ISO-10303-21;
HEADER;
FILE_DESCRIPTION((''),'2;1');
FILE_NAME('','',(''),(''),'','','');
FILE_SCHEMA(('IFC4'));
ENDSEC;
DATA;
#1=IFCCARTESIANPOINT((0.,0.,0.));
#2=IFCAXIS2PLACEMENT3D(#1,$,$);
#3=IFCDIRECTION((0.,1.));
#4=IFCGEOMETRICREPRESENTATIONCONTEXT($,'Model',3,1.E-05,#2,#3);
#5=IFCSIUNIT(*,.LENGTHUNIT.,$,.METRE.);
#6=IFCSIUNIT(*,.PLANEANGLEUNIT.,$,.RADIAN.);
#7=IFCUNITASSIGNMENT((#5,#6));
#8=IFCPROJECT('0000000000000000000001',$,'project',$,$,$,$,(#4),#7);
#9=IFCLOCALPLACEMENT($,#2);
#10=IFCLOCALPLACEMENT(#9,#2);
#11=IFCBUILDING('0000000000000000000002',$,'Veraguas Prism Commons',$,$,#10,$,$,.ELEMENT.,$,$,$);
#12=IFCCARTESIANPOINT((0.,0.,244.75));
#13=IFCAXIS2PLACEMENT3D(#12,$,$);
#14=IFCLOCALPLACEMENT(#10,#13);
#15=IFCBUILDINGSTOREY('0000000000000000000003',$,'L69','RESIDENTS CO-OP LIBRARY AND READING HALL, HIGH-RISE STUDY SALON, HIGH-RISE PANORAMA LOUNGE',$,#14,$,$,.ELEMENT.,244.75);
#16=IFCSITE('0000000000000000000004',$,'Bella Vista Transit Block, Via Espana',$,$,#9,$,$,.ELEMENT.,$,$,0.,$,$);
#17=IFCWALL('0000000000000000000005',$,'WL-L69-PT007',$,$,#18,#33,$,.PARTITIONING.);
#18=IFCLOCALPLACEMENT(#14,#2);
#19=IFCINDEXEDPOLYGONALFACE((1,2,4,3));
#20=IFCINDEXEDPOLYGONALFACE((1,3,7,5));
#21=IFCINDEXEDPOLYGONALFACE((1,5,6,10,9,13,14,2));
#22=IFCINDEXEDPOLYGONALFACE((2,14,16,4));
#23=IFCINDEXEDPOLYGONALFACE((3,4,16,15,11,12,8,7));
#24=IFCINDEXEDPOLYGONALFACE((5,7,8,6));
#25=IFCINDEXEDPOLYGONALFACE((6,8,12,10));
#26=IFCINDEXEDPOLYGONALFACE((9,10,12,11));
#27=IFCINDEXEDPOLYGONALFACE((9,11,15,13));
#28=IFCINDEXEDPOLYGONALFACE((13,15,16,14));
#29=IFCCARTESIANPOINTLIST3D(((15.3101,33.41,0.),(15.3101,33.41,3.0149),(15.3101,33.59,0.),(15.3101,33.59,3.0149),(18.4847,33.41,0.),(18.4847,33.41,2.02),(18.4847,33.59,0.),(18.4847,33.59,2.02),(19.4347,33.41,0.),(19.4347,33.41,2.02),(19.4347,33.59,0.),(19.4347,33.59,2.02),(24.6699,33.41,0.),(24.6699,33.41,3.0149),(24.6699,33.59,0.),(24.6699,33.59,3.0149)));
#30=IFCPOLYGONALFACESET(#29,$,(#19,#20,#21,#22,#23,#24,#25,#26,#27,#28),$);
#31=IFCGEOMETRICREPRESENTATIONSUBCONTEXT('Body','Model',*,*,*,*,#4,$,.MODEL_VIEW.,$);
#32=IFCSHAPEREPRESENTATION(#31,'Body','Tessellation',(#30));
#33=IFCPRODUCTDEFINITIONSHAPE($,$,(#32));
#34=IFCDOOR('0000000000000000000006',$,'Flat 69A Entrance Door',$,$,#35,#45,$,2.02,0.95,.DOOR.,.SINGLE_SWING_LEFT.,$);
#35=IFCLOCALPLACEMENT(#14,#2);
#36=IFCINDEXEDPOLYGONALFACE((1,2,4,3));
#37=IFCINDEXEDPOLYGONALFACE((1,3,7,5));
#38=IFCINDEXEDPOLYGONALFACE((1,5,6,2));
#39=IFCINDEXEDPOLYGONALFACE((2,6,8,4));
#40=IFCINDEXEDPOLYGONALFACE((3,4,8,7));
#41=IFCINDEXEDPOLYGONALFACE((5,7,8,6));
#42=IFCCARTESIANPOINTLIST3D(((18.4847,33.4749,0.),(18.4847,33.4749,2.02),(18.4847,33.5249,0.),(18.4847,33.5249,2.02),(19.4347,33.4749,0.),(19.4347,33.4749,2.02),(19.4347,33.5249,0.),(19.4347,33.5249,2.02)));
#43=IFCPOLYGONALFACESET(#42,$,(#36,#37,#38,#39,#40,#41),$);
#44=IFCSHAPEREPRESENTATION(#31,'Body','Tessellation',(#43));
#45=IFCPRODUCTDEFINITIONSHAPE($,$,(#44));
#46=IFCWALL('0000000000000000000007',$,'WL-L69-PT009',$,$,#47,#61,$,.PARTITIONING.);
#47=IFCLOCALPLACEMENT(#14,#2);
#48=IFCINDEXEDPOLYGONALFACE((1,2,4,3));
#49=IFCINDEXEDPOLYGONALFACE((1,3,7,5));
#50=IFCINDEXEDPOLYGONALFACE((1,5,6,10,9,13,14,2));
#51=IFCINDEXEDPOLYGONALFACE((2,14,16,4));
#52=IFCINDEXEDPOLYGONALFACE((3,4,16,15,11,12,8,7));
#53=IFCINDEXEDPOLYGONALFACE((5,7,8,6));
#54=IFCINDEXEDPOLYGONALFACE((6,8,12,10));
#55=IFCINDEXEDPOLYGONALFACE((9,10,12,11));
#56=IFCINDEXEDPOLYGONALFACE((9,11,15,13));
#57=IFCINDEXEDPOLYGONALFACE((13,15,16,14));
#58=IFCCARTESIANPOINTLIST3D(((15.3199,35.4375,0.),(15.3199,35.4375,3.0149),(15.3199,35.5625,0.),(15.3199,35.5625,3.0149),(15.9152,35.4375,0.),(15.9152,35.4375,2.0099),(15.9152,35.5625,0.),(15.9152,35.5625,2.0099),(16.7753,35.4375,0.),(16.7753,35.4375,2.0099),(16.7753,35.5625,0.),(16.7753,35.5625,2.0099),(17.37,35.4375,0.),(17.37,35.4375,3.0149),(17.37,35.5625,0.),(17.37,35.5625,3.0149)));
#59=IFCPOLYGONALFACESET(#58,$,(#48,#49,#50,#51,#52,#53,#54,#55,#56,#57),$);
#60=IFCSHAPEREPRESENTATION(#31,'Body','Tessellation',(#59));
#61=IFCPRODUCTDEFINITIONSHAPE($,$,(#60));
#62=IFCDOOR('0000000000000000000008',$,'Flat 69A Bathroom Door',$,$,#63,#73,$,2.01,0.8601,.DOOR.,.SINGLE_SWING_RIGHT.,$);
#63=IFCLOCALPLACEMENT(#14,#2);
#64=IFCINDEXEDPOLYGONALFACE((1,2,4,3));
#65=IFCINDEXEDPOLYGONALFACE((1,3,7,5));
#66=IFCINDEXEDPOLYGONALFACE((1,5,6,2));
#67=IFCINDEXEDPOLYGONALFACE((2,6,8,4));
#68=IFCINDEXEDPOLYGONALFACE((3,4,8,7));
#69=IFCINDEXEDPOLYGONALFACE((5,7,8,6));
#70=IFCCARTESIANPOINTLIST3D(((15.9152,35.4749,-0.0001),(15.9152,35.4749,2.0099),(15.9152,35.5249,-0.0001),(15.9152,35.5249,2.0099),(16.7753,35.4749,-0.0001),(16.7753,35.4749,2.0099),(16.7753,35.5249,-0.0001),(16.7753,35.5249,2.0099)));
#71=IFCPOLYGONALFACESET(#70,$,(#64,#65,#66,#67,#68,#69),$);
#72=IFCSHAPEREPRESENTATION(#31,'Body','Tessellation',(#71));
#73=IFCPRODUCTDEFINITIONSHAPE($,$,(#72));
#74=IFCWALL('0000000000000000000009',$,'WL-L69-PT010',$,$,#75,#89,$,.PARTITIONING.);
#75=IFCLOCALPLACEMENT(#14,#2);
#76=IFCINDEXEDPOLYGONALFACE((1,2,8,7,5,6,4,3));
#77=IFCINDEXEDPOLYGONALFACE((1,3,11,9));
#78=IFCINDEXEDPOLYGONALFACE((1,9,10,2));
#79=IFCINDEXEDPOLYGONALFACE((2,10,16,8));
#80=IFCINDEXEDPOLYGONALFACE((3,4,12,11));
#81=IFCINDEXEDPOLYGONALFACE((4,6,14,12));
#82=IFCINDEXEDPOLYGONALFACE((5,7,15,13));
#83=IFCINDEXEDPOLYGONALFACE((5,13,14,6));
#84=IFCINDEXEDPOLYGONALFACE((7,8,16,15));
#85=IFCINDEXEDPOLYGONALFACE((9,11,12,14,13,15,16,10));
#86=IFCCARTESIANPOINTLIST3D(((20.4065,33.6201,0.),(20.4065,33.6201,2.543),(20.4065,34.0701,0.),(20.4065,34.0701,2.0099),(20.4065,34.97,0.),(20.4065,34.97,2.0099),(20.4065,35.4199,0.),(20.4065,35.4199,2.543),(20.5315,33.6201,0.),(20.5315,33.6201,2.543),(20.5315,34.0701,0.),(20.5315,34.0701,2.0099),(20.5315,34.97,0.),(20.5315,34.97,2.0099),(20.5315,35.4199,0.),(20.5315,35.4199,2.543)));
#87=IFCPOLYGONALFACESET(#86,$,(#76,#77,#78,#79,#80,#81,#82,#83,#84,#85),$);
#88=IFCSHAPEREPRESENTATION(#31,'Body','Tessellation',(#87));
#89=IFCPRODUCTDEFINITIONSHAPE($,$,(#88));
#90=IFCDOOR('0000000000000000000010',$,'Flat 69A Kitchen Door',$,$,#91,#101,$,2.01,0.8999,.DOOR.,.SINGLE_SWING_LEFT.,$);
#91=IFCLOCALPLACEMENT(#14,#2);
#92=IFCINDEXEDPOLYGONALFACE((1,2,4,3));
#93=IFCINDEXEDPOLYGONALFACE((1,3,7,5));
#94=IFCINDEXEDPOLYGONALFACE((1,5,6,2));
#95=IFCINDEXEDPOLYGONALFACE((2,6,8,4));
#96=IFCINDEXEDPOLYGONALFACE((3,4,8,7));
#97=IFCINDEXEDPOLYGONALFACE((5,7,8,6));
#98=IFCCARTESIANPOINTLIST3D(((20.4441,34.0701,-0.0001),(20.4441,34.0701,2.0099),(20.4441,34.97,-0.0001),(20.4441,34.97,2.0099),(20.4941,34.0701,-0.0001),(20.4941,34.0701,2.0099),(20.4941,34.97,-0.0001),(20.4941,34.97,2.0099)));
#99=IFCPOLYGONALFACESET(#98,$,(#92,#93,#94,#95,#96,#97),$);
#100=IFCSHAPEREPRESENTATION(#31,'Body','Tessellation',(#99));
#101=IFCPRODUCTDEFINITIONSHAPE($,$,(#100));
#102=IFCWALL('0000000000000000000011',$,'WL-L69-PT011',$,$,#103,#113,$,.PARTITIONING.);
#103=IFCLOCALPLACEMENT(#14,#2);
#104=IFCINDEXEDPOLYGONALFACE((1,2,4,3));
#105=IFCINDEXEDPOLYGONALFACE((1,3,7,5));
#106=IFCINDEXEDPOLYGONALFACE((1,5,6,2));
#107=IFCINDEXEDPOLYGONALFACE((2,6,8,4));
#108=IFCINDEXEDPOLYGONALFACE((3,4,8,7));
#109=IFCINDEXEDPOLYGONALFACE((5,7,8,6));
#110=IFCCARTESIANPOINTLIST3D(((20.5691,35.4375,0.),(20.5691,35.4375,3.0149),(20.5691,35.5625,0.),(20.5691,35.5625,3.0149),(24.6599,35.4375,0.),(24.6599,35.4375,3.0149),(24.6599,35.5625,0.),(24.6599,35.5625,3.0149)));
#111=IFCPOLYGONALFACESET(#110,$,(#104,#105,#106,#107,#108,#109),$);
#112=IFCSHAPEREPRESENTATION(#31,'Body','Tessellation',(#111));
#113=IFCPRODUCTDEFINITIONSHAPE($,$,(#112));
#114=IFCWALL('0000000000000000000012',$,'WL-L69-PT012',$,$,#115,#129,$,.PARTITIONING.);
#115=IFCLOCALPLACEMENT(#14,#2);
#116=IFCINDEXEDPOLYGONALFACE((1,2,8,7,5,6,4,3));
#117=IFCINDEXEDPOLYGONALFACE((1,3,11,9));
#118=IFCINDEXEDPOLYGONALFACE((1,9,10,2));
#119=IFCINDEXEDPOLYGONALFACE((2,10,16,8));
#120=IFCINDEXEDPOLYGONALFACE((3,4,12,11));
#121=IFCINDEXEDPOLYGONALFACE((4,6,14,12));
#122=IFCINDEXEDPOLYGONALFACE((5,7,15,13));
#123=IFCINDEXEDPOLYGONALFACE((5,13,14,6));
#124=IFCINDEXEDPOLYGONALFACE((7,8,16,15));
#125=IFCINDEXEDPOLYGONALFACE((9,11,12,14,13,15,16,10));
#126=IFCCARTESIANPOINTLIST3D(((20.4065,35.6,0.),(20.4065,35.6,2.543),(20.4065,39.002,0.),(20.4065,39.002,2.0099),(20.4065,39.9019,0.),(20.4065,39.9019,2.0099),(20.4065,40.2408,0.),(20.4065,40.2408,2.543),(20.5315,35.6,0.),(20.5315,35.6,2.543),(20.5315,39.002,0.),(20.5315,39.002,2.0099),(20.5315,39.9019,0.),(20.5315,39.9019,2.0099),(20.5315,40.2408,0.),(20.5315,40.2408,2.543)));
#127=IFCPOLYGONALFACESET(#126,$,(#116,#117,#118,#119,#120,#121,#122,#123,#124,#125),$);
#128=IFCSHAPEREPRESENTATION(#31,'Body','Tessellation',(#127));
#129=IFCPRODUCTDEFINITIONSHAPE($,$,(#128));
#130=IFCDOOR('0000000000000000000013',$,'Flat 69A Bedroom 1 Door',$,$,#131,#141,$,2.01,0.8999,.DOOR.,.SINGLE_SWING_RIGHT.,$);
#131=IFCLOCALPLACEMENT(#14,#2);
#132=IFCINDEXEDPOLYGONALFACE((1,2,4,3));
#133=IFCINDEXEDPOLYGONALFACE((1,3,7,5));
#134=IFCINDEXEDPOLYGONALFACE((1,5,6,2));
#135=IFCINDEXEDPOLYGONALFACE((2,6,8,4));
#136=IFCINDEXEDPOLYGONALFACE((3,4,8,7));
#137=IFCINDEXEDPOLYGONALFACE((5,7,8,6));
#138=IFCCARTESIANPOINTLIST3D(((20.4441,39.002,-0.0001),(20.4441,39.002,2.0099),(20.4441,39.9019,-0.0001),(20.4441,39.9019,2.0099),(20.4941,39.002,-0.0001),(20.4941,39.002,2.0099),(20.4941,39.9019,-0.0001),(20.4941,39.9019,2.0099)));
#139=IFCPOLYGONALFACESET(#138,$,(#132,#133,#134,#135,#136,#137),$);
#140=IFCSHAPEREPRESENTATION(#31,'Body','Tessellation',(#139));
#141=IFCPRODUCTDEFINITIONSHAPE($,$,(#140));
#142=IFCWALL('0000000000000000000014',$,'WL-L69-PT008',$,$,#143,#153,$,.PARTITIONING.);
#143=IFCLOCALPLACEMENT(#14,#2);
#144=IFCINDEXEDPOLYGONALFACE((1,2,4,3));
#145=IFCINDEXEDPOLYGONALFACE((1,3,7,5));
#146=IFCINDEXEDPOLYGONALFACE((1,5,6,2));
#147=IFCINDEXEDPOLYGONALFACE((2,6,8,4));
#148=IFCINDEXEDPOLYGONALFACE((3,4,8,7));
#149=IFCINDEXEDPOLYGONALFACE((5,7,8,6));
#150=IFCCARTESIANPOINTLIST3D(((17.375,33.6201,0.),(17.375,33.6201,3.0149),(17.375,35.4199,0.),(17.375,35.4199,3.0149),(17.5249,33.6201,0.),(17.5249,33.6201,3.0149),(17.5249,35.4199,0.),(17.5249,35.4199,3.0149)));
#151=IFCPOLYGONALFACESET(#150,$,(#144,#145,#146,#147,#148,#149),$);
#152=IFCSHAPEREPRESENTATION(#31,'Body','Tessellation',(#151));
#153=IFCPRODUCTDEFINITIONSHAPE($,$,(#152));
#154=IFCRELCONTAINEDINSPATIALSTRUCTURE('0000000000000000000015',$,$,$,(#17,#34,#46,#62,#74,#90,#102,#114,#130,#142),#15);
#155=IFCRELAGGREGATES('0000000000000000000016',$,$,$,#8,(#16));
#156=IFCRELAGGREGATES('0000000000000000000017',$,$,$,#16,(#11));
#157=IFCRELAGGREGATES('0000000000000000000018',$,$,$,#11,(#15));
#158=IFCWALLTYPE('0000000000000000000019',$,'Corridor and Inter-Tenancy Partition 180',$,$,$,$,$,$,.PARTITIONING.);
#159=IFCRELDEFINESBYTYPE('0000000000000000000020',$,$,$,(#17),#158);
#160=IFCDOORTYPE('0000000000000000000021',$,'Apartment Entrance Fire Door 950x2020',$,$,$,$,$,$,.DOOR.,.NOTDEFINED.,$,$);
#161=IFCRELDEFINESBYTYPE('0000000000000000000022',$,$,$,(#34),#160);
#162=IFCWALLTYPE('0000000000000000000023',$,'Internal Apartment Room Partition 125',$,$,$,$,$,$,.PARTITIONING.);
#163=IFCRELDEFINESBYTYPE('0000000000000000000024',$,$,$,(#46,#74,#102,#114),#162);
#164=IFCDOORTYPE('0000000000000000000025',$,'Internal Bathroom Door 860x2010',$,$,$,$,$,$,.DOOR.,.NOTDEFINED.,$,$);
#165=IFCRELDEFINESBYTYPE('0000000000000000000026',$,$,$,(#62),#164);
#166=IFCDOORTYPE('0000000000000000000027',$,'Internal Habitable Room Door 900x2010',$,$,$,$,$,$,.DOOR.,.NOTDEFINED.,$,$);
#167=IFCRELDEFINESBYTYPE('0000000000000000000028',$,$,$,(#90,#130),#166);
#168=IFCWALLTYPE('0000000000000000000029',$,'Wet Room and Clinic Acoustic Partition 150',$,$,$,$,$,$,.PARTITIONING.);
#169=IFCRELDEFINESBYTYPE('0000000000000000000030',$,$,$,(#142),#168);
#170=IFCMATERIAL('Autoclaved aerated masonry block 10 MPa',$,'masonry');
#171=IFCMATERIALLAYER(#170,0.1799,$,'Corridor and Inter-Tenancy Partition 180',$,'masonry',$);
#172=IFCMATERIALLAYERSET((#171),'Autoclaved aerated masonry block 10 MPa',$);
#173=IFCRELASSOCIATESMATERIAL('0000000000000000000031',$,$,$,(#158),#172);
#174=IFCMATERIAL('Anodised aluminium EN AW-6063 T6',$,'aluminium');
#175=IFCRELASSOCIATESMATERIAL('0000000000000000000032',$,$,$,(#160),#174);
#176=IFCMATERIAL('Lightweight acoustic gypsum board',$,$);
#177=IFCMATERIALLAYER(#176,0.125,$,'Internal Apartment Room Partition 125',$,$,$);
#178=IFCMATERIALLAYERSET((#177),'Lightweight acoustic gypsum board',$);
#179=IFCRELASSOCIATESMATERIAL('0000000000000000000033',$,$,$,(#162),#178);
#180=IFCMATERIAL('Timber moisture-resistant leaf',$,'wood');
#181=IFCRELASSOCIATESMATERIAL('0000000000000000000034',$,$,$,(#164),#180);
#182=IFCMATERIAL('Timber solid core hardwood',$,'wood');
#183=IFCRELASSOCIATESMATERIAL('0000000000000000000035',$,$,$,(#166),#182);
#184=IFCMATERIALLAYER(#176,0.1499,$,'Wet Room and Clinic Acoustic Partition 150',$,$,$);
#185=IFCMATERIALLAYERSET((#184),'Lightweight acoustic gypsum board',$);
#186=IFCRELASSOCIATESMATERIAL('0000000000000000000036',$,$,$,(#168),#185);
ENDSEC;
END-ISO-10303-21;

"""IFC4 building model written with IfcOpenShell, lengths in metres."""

from ifc_helpers import new_model, si_unit, direction, frame, frame_2d, origin, place, context, subcontext, project, spatial, rectangle, extrude, source, transform, mapped, material, layer, layer_set, type_object, element, fill, save


model = new_model("IFC4")

# Units and contexts
model_context = context("Model", 3, precision=1e-05, world=origin(), true_north=direction((0.0, 1.0)))
body_context = subcontext(model_context, "Body", "Model", "MODEL_VIEW")
ifc_project = project(units=[si_unit("LENGTHUNIT", "METRE"), si_unit("PLANEANGLEUNIT", "RADIAN")], contexts=[model_context])

# Site, building, storey
site_placement = place(None, origin())
site = spatial("IfcSite", under=ifc_project, at=site_placement, Name="Bella Vista Transit Block, Via Espana", CompositionType="ELEMENT", RefElevation=0.0)
building_placement = place(site_placement, origin())
building = spatial("IfcBuilding", under=site, at=building_placement, Name="Veraguas Prism Commons", CompositionType="ELEMENT")
storey_placement = place(building_placement, frame((0.0, 0.0, 244.75)))
storey = spatial("IfcBuildingStorey", under=building, at=storey_placement, Name="L69", Description="RESIDENTS CO-OP LIBRARY AND READING HALL, HIGH-RISE STUDY SALON, HIGH-RISE PANORAMA LOUNGE", CompositionType="ELEMENT", Elevation=244.75)

# Shared definitions
ifc_material_1 = material(Name="Anodised aluminium EN AW-6063 T6", Category="aluminium")

# Shared definitions
ifc_material_2 = material(Name="Autoclaved aerated masonry block 10 MPa", Category="masonry")
ifc_layer_1 = layer(ifc_material_2, 0.1799, Name="Corridor and Inter-Tenancy Partition 180", Category="masonry")
ifc_layer_set_1 = layer_set([ifc_layer_1], Name="Autoclaved aerated masonry block 10 MPa")
wall_type_1 = type_object("IfcWallType", Name="Corridor and Inter-Tenancy Partition 180", PredefinedType="PARTITIONING", material=ifc_layer_set_1)

# Walls, openings, doors
wall_1_placement = place(storey_placement, frame((15.3101, 33.5, 0.0), z_axis=(0.0, 0.0, 1.0), x_axis=(1.0, 0.0, 0.0)))
wall_1 = element("IfcWall", 1, at=wall_1_placement, inside=storey, type_object=wall_type_1, Name="WL-L69-PT007", PredefinedType="PARTITIONING", context=body_context, shape_type="SweptSolid", body=[
    extrude(rectangle(XDim=9.3599, YDim=0.1799, at=frame_2d((4.6799, 0.0))), origin(), (0.0, 0.0, 1.0), 3.0149),
])
opening_1_placement = place(wall_1_placement, frame((3.1746, 0.0, 0.0)))
opening_1 = element("IfcOpeningElement", 2, at=opening_1_placement, cuts=wall_1, PredefinedType="OPENING", context=body_context, shape_type="SweptSolid", body=[
    extrude(rectangle(XDim=0.95, YDim=2.02, at=frame_2d((0.4751, 1.01))), frame((0.0, 0.0999, 0.0), z_axis=(0.0, -1.0, 0.0), x_axis=(1.0, 0.0, 0.0)), (0.0, 0.0, 1.0), 0.2),
])
door_type_1 = type_object("IfcDoorType", Name="Apartment Entrance Fire Door 950x2020", OperationType="NOTDEFINED", PredefinedType="DOOR", material=ifc_material_1)
shared_shape_1 = source(origin(), body_context, "Body", "SweptSolid", [
    extrude(rectangle(XDim=0.95, YDim=2.02, at=frame_2d((0.4751, 1.01))), frame((0.0, 0.0249, 0.0), z_axis=(0.0, -1.0, 0.0), x_axis=(1.0, 0.0, 0.0)), (0.0, 0.0, 1.0), 0.05),
])
door_1_placement = place(opening_1_placement, origin())
door_1 = element("IfcDoor", 3, at=door_1_placement, inside=storey, type_object=door_type_1, Name="Flat 69A Entrance Door", OperationType="SINGLE_SWING_LEFT", OverallHeight=2.02, OverallWidth=0.95, PredefinedType="DOOR", context=body_context, shape_type="MappedRepresentation", body=[
    mapped(shared_shape_1, transform((0.0, 0.0, 0.0), scale=1.0)),
])
fill(opening_1, door_1)
ifc_material_3 = material(Name="Lightweight acoustic gypsum board")
ifc_layer_2 = layer(ifc_material_3, 0.125, Name="Internal Apartment Room Partition 125")
ifc_layer_set_2 = layer_set([ifc_layer_2], Name="Lightweight acoustic gypsum board")
wall_type_2 = type_object("IfcWallType", Name="Internal Apartment Room Partition 125", PredefinedType="PARTITIONING", material=ifc_layer_set_2)
wall_2_placement = place(storey_placement, frame((15.3201, 35.5, 0.0), z_axis=(0.0, 0.0, 1.0), x_axis=(1.0, 0.0, 0.0)))
wall_2 = element("IfcWall", 4, at=wall_2_placement, inside=storey, type_object=wall_type_2, Name="WL-L69-PT009", PredefinedType="PARTITIONING", context=body_context, shape_type="SweptSolid", body=[
    extrude(rectangle(XDim=2.05, YDim=0.125, at=frame_2d((1.0249, 0.0))), origin(), (0.0, 0.0, 1.0), 3.0149),
])
opening_2_placement = place(wall_2_placement, frame((0.595, 0.0, 0.0)))
opening_2 = element("IfcOpeningElement", 5, at=opening_2_placement, cuts=wall_2, PredefinedType="OPENING", context=body_context, shape_type="SweptSolid", body=[
    extrude(rectangle(XDim=0.8601, YDim=2.01, at=frame_2d((0.4302, 1.0049))), frame((0.0, 0.0725, 0.0), z_axis=(0.0, -1.0, 0.0), x_axis=(1.0, 0.0, 0.0)), (0.0, 0.0, 1.0), 0.145),
])
ifc_material_4 = material(Name="Timber moisture-resistant leaf", Category="wood")
door_type_2 = type_object("IfcDoorType", Name="Internal Bathroom Door 860x2010", OperationType="NOTDEFINED", PredefinedType="DOOR", material=ifc_material_4)
shared_shape_2 = source(origin(), body_context, "Body", "SweptSolid", [
    extrude(rectangle(XDim=0.8601, YDim=2.01, at=frame_2d((0.4302, 1.0049))), frame((0.0, 0.0249, 0.0), z_axis=(0.0, -1.0, 0.0), x_axis=(1.0, 0.0, 0.0)), (0.0, 0.0, 1.0), 0.05),
])
door_2_placement = place(opening_2_placement, origin())
door_2 = element("IfcDoor", 6, at=door_2_placement, inside=storey, type_object=door_type_2, Name="Flat 69A Bathroom Door", OperationType="SINGLE_SWING_RIGHT", OverallHeight=2.01, OverallWidth=0.8601, PredefinedType="DOOR", context=body_context, shape_type="MappedRepresentation", body=[
    mapped(shared_shape_2, transform((0.0, 0.0, 0.0), scale=1.0)),
])
fill(opening_2, door_2)
wall_3_placement = place(storey_placement, frame((20.469, 33.6201, 0.0), z_axis=(0.0, 0.0, 1.0), x_axis=(0.0, 1.0, 0.0)))
wall_3 = element("IfcWall", 7, at=wall_3_placement, inside=storey, type_object=wall_type_2, Name="WL-L69-PT010", PredefinedType="PARTITIONING", context=body_context, shape_type="SweptSolid", body=[
    extrude(rectangle(XDim=1.7998, YDim=0.125, at=frame_2d((0.8999, 0.0))), origin(), (0.0, 0.0, 1.0), 2.543),
])
opening_3_placement = place(wall_3_placement, frame((0.45, 0.0, 0.0)))
opening_3 = element("IfcOpeningElement", 8, at=opening_3_placement, cuts=wall_3, PredefinedType="OPENING", context=body_context, shape_type="SweptSolid", body=[
    extrude(rectangle(XDim=0.8999, YDim=2.01, at=frame_2d((0.45, 1.0049))), frame((0.0, 0.0725, 0.0), z_axis=(0.0, -1.0, 0.0), x_axis=(1.0, 0.0, 0.0)), (0.0, 0.0, 1.0), 0.145),
])
ifc_material_5 = material(Name="Timber solid core hardwood", Category="wood")
door_type_3 = type_object("IfcDoorType", Name="Internal Habitable Room Door 900x2010", OperationType="NOTDEFINED", PredefinedType="DOOR", material=ifc_material_5)
shared_shape_3 = source(origin(), body_context, "Body", "SweptSolid", [
    extrude(rectangle(XDim=0.8999, YDim=2.01, at=frame_2d((0.45, 1.0049))), frame((0.0, 0.0249, 0.0), z_axis=(0.0, -1.0, 0.0), x_axis=(1.0, 0.0, 0.0)), (0.0, 0.0, 1.0), 0.05),
])
door_3_placement = place(opening_3_placement, origin())
door_3 = element("IfcDoor", 9, at=door_3_placement, inside=storey, type_object=door_type_3, Name="Flat 69A Kitchen Door", OperationType="SINGLE_SWING_LEFT", OverallHeight=2.01, OverallWidth=0.8999, PredefinedType="DOOR", context=body_context, shape_type="MappedRepresentation", body=[
    mapped(shared_shape_3, transform((0.0, 0.0, 0.0), scale=1.0)),
])
fill(opening_3, door_3)

# Wall
wall_4_placement = place(storey_placement, frame((20.5691, 35.5, 0.0), z_axis=(0.0, 0.0, 1.0), x_axis=(1.0, 0.0, 0.0)))
element("IfcWall", 10, at=wall_4_placement, inside=storey, type_object=wall_type_2, Name="WL-L69-PT011", PredefinedType="PARTITIONING", context=body_context, shape_type="SweptSolid", body=[
    extrude(rectangle(XDim=4.0908, YDim=0.125, at=frame_2d((2.0454, 0.0))), origin(), (0.0, 0.0, 1.0), 3.0149),
])

# Wall, opening, door
wall_5_placement = place(storey_placement, frame((20.469, 35.6001, 0.0), z_axis=(0.0, 0.0, 1.0), x_axis=(0.0, 1.0, 0.0)))
wall_5 = element("IfcWall", 11, at=wall_5_placement, inside=storey, type_object=wall_type_2, Name="WL-L69-PT012", PredefinedType="PARTITIONING", context=body_context, shape_type="SweptSolid", body=[
    extrude(rectangle(XDim=4.6409, YDim=0.125, at=frame_2d((2.3203, 0.0))), origin(), (0.0, 0.0, 1.0), 2.543),
])
opening_4_placement = place(wall_5_placement, frame((3.4019, 0.0, 0.0)))
opening_4 = element("IfcOpeningElement", 12, at=opening_4_placement, cuts=wall_5, PredefinedType="OPENING", context=body_context, shape_type="SweptSolid", body=[
    extrude(rectangle(XDim=0.8999, YDim=2.01, at=frame_2d((0.45, 1.0049))), frame((0.0, 0.0725, 0.0), z_axis=(0.0, -1.0, 0.0), x_axis=(1.0, 0.0, 0.0)), (0.0, 0.0, 1.0), 0.145),
])
door_4_placement = place(opening_4_placement, origin())
door_4 = element("IfcDoor", 13, at=door_4_placement, inside=storey, type_object=door_type_3, Name="Flat 69A Bedroom 1 Door", OperationType="SINGLE_SWING_RIGHT", OverallHeight=2.01, OverallWidth=0.8999, PredefinedType="DOOR", context=body_context, shape_type="MappedRepresentation", body=[
    mapped(shared_shape_3, transform((0.0, 0.0, 0.0), scale=1.0)),
])
fill(opening_4, door_4)

# Wall
ifc_layer_3 = layer(ifc_material_3, 0.1499, Name="Wet Room and Clinic Acoustic Partition 150")
ifc_layer_set_3 = layer_set([ifc_layer_3], Name="Lightweight acoustic gypsum board")
wall_type_3 = type_object("IfcWallType", Name="Wet Room and Clinic Acoustic Partition 150", PredefinedType="PARTITIONING", material=ifc_layer_set_3)
wall_6_placement = place(storey_placement, frame((17.45, 33.6201, 0.0), z_axis=(0.0, 0.0, 1.0), x_axis=(0.0, 1.0, 0.0)))
element("IfcWall", 14, at=wall_6_placement, inside=storey, type_object=wall_type_3, Name="WL-L69-PT008", PredefinedType="PARTITIONING", context=body_context, shape_type="SweptSolid", body=[
    extrude(rectangle(XDim=1.7998, YDim=0.1499, at=frame_2d((0.8999, 0.0))), origin(), (0.0, 0.0, 1.0), 3.0149),
])

save(model, "model.ifc")
